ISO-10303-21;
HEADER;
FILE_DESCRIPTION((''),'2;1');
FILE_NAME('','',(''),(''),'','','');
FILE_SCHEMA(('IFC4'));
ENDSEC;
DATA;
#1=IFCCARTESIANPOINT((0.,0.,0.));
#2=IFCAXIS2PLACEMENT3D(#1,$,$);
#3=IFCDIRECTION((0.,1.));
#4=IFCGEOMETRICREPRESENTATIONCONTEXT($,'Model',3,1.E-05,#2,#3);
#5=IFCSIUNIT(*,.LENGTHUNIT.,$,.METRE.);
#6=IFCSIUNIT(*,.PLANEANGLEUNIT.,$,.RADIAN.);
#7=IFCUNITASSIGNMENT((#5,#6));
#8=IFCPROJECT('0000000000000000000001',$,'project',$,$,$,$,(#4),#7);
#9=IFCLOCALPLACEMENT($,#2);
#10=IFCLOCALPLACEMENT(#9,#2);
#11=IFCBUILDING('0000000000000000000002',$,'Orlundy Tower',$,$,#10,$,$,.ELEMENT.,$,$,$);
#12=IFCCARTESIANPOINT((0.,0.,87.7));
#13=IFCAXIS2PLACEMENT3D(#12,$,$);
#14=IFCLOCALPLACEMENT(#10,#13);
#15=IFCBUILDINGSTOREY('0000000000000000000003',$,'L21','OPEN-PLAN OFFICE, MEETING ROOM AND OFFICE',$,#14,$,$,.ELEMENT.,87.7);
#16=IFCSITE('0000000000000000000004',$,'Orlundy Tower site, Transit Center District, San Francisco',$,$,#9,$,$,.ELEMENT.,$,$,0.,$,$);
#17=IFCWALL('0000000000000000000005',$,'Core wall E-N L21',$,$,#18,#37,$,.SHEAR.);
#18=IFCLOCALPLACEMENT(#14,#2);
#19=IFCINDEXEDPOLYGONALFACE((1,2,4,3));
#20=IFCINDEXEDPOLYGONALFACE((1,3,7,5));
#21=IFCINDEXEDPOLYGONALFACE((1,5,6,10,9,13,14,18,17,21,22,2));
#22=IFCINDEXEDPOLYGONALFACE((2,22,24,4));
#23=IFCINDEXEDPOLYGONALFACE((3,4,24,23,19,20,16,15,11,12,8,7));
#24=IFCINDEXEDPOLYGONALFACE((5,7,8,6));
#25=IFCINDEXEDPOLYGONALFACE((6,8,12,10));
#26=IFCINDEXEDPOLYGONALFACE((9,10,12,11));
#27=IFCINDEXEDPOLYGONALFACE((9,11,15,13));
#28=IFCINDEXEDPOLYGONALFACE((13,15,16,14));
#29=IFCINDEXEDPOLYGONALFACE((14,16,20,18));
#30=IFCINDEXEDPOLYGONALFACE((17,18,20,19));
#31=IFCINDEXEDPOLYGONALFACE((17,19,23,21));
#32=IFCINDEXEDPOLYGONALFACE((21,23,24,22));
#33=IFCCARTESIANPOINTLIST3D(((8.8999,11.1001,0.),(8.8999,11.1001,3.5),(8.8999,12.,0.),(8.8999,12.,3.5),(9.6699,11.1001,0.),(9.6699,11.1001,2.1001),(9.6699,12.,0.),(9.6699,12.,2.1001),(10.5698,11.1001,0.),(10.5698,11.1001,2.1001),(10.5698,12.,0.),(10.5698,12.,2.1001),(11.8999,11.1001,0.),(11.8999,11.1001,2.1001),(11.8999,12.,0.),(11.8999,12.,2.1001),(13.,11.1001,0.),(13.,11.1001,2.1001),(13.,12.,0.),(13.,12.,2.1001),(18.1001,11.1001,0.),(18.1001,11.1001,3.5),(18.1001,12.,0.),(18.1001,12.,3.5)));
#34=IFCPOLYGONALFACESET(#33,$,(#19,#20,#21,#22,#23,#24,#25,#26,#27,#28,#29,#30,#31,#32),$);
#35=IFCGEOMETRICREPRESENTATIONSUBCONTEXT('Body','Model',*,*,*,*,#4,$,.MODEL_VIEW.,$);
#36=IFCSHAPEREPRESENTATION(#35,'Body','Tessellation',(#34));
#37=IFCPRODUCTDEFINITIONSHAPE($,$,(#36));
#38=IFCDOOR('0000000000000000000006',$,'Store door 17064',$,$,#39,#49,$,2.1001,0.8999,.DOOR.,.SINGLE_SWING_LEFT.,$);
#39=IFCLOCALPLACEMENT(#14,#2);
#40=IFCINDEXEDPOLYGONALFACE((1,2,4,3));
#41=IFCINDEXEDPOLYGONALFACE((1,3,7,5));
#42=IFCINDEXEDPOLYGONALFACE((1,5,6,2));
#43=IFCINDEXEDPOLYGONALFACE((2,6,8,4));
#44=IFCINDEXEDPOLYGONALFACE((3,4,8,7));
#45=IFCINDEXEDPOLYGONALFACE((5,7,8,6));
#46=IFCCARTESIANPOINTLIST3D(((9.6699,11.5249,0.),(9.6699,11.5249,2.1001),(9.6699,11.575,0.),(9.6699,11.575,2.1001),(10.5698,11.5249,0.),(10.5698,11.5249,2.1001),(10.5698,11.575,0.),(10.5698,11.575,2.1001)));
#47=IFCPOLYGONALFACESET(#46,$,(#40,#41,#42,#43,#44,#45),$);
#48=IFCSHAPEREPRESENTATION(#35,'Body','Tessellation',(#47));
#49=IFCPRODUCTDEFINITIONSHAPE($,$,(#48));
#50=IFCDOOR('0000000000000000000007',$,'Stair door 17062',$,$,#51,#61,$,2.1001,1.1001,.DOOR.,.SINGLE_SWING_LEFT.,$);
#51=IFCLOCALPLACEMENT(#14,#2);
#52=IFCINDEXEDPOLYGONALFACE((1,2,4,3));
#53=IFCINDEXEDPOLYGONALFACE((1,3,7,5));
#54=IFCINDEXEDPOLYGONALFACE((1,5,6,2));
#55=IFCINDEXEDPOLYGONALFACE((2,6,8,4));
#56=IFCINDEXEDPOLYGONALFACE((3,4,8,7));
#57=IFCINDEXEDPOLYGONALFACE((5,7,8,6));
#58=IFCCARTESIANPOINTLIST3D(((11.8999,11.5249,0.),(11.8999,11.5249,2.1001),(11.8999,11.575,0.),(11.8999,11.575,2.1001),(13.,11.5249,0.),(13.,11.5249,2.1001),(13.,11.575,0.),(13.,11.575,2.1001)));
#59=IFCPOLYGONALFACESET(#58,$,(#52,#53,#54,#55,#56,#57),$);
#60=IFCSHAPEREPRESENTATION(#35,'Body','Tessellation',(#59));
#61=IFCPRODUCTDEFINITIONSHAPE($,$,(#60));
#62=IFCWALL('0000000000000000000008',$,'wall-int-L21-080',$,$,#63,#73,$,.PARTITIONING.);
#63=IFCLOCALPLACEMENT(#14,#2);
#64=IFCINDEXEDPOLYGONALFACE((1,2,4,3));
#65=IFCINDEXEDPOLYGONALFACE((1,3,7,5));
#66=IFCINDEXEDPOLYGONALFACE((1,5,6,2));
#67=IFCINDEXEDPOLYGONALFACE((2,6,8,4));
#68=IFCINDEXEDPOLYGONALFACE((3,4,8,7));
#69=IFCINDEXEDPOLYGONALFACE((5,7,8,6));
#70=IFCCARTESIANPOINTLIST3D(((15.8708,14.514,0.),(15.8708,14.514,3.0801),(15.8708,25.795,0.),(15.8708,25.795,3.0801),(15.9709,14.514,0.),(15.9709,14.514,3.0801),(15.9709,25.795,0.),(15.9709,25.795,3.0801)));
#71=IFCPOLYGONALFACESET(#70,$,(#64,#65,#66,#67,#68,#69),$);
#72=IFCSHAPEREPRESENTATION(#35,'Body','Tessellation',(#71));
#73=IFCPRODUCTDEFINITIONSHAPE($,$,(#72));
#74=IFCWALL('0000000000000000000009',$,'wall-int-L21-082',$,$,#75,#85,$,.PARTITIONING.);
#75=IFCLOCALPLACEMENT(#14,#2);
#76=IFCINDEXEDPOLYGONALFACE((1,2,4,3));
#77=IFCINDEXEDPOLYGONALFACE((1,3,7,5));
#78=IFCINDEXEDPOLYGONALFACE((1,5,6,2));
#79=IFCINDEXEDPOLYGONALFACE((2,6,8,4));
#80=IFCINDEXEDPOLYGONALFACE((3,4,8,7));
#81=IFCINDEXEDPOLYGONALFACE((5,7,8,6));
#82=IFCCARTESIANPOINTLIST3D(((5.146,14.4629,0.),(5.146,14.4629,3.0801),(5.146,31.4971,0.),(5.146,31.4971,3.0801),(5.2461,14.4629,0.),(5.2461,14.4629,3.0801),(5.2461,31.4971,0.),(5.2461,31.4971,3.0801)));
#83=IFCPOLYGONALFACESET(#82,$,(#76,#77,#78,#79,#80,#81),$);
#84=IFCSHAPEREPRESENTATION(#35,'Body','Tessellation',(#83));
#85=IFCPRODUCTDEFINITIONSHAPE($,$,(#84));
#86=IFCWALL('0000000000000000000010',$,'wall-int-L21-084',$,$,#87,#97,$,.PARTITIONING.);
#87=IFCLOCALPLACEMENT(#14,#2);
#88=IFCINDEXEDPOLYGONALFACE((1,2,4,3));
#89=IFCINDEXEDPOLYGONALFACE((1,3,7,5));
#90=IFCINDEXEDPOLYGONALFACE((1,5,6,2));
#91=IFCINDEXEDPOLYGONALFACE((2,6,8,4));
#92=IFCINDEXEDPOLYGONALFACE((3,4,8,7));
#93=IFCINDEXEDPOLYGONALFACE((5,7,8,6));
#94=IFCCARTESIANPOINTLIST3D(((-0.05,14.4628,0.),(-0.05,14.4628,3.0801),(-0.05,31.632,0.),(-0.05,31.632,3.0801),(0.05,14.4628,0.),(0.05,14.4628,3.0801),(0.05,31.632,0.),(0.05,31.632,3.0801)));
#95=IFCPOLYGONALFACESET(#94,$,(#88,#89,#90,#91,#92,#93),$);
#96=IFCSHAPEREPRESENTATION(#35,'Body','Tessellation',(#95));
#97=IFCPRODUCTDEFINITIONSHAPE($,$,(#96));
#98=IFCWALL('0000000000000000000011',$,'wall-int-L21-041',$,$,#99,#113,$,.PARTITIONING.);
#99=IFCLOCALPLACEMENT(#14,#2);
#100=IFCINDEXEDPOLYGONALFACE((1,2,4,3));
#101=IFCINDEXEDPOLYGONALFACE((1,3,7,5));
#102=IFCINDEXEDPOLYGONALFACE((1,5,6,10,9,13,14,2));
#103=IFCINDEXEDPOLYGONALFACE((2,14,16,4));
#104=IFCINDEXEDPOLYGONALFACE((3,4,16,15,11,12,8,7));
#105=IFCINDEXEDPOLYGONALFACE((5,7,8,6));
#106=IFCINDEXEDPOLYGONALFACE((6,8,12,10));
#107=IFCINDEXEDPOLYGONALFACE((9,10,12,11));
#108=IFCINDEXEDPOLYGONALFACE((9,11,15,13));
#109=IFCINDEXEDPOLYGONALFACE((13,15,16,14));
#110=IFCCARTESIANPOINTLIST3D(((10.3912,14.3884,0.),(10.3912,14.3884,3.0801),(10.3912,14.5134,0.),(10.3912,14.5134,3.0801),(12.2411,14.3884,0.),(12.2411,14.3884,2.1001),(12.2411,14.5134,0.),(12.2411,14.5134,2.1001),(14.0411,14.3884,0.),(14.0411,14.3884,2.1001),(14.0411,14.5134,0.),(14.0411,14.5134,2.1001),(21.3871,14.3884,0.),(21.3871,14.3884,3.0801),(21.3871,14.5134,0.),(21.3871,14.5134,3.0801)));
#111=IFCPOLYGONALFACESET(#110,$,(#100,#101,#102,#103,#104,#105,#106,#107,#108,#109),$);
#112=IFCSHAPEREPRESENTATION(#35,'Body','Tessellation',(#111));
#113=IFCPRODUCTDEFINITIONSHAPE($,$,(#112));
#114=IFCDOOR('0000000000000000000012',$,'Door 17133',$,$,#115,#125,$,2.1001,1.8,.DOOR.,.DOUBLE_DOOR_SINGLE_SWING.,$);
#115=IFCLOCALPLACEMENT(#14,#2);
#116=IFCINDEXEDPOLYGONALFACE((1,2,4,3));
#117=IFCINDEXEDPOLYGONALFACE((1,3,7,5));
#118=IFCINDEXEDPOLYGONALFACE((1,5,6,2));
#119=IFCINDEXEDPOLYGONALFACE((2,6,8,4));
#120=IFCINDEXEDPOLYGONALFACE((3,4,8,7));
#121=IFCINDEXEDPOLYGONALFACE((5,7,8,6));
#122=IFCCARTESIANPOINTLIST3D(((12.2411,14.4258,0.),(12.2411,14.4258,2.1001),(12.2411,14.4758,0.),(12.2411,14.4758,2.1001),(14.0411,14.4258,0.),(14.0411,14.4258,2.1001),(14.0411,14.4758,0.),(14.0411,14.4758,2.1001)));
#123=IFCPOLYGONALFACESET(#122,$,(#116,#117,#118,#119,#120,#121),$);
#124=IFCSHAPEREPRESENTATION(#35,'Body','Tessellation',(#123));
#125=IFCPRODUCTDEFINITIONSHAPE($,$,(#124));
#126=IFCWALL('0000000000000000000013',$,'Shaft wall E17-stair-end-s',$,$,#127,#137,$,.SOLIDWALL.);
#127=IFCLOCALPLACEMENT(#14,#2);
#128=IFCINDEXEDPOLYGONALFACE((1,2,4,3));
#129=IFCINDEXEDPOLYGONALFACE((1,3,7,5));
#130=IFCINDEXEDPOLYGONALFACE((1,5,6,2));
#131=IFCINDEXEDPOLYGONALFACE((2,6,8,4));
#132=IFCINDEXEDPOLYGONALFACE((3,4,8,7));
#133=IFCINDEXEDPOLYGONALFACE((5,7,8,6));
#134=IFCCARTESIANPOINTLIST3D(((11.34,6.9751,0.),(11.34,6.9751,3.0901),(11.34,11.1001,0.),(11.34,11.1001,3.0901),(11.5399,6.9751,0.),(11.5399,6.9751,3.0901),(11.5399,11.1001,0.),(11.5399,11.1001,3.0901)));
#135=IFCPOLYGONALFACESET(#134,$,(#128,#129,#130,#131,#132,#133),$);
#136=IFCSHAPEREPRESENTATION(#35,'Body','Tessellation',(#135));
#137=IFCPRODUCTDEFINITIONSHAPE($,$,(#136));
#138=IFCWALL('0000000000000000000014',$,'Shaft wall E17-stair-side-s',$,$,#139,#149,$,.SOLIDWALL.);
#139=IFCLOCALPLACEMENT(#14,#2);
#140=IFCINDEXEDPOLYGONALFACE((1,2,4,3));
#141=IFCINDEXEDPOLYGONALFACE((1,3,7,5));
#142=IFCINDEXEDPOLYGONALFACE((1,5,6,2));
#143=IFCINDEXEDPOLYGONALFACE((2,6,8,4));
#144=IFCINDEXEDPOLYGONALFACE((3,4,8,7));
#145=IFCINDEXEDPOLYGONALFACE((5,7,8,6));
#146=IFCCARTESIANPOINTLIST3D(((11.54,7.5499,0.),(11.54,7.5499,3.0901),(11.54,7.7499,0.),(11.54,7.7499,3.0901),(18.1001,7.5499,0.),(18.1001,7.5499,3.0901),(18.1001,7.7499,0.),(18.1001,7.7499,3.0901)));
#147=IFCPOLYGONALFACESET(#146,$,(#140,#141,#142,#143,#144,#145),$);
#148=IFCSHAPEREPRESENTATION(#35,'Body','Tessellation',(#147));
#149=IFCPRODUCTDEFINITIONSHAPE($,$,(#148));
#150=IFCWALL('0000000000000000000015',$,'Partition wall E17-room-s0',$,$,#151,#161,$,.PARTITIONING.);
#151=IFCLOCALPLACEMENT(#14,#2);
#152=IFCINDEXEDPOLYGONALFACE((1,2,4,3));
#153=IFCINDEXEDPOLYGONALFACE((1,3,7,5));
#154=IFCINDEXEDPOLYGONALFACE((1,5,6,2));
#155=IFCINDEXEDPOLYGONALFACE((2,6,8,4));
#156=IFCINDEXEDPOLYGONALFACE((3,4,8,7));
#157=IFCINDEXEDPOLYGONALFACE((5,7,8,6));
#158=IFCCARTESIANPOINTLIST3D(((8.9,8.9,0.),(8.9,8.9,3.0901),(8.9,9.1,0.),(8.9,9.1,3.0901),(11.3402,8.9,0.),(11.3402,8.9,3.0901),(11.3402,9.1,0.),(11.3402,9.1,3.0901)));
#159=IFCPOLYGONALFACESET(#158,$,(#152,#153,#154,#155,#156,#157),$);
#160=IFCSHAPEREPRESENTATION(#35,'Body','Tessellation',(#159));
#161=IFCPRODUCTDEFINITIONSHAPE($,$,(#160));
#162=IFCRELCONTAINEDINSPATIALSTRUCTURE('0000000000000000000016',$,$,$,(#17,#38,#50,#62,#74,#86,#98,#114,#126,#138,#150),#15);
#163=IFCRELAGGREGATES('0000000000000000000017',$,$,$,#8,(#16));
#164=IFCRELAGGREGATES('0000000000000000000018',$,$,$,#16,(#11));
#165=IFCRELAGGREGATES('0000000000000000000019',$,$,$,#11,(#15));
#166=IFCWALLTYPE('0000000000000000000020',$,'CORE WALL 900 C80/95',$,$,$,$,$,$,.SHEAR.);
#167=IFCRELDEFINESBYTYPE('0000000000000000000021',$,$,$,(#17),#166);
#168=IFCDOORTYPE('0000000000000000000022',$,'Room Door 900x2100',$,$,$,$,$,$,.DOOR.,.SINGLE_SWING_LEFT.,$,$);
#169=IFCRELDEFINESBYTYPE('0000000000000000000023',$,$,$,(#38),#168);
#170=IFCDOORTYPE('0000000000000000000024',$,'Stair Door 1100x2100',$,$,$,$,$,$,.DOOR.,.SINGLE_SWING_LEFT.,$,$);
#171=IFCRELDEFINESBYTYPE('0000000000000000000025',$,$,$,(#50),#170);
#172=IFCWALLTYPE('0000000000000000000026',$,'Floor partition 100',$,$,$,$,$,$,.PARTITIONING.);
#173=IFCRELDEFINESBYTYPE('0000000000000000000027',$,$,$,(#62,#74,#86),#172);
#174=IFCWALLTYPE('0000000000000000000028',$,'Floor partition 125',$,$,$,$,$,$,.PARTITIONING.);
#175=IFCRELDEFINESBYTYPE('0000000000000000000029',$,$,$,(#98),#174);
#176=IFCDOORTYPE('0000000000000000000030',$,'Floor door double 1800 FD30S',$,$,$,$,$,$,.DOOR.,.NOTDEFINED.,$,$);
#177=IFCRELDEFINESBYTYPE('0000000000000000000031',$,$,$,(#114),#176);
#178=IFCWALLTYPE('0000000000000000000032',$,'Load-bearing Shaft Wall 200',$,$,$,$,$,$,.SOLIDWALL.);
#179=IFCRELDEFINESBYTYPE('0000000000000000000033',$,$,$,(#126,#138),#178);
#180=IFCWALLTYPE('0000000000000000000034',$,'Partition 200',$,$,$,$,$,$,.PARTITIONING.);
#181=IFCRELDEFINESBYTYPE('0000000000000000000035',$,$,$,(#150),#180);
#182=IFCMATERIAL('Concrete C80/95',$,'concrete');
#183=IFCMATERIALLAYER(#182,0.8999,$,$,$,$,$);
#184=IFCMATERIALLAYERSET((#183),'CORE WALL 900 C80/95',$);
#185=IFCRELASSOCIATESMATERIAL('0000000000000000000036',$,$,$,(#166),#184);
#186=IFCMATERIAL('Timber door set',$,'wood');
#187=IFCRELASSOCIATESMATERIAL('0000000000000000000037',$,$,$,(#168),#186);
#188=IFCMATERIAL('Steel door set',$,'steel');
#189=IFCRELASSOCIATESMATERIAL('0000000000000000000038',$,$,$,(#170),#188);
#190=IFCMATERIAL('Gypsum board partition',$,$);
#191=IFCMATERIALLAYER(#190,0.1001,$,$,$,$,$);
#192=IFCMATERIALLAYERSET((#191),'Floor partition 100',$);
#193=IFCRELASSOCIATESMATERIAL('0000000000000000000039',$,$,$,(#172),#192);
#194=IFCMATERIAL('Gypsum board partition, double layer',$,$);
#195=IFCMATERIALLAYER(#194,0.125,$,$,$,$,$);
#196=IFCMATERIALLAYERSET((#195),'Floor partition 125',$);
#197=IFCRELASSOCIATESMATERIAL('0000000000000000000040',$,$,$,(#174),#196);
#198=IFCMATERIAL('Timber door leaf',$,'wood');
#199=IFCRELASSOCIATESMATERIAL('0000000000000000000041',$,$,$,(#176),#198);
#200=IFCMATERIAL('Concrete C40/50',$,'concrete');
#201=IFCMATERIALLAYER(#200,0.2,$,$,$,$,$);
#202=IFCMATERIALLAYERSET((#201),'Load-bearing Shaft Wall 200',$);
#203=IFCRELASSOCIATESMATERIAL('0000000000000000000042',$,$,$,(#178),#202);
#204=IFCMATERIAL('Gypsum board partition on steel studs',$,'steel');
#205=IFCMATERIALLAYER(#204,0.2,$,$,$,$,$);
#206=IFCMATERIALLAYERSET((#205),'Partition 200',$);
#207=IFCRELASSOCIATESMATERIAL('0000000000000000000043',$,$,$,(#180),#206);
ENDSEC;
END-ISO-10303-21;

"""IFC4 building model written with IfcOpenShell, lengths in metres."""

from ifc_helpers import new_model, si_unit, direction, frame, frame_2d, origin, place, context, subcontext, project, spatial, rectangle, extrude, material, layer, layer_set, type_object, element, fill, save


model = new_model("IFC4")

# Units and contexts
model_context = context("Model", 3, precision=1e-05, world=origin(), true_north=direction((0.0, 1.0)))
body_context = subcontext(model_context, "Body", "Model", "MODEL_VIEW")
ifc_project = project(units=[si_unit("LENGTHUNIT", "METRE"), si_unit("PLANEANGLEUNIT", "RADIAN")], contexts=[model_context])

# Site, building, storey
site_placement = place(None, origin())
site = spatial("IfcSite", under=ifc_project, at=site_placement, Name="Orlundy Tower site, Transit Center District, San Francisco", CompositionType="ELEMENT", RefElevation=0.0)
building_placement = place(site_placement, origin())
building = spatial("IfcBuilding", under=site, at=building_placement, Name="Orlundy Tower", CompositionType="ELEMENT")
storey_placement = place(building_placement, frame((0.0, 0.0, 87.7)))
storey = spatial("IfcBuildingStorey", under=building, at=storey_placement, Name="L21", Description="OPEN-PLAN OFFICE, MEETING ROOM AND OFFICE", CompositionType="ELEMENT", Elevation=87.7)

# Wall, openings, doors
ifc_material_1 = material(Name="Concrete C80/95", Category="concrete")
ifc_layer_1 = layer(ifc_material_1, 0.8999)
ifc_layer_set_1 = layer_set([ifc_layer_1], Name="CORE WALL 900 C80/95")
wall_type_1 = type_object("IfcWallType", Name="CORE WALL 900 C80/95", PredefinedType="SHEAR", material=ifc_layer_set_1)
wall_1_placement = place(storey_placement, frame((8.8999, 11.55, 0.0), z_axis=(0.0, 0.0, 1.0), x_axis=(1.0, 0.0, 0.0)))
wall_1 = element("IfcWall", 1, at=wall_1_placement, inside=storey, type_object=wall_type_1, Name="Core wall E-N L21", PredefinedType="SHEAR", context=body_context, shape_type="SweptSolid", body=[
    extrude(rectangle(XDim=9.2002, YDim=0.8999, at=frame_2d((4.6001, 0.0))), origin(), (0.0, 0.0, 1.0), 3.5),
])
opening_1_placement = place(wall_1_placement, frame((3.0, 0.0, 0.0)))
opening_1 = element("IfcOpeningElement", 2, at=opening_1_placement, cuts=wall_1, PredefinedType="OPENING", context=body_context, shape_type="SweptSolid", body=[
    extrude(rectangle(XDim=1.1001, YDim=2.1001, at=frame_2d((0.55, 1.05))), frame((0.0, 0.46, 0.0), z_axis=(0.0, -1.0, 0.0), x_axis=(1.0, 0.0, 0.0)), (0.0, 0.0, 1.0), 0.9199),
])
opening_2_placement = place(wall_1_placement, frame((0.77, 0.0, 0.0)))
opening_2 = element("IfcOpeningElement", 3, at=opening_2_placement, cuts=wall_1, PredefinedType="OPENING", context=body_context, shape_type="SweptSolid", body=[
    extrude(rectangle(XDim=0.8999, YDim=2.1001, at=frame_2d((0.45, 1.05))), frame((0.0, 0.46, 0.0), z_axis=(0.0, -1.0, 0.0), x_axis=(1.0, 0.0, 0.0)), (0.0, 0.0, 1.0), 0.9199),
])
ifc_material_2 = material(Name="Timber door set", Category="wood")
door_type_1 = type_object("IfcDoorType", Name="Room Door 900x2100", OperationType="SINGLE_SWING_LEFT", PredefinedType="DOOR", material=ifc_material_2)
door_1_placement = place(opening_2_placement, origin())
door_1 = element("IfcDoor", 4, at=door_1_placement, inside=storey, type_object=door_type_1, Name="Store door 17064", OperationType="SINGLE_SWING_LEFT", OverallHeight=2.1001, OverallWidth=0.8999, PredefinedType="DOOR", context=body_context, shape_type="SweptSolid", body=[
    extrude(rectangle(XDim=0.8999, YDim=2.1001, at=frame_2d((0.45, 1.05))), frame((0.0, 0.0249, 0.0), z_axis=(0.0, -1.0, 0.0), x_axis=(1.0, 0.0, 0.0)), (0.0, 0.0, 1.0), 0.05),
])
fill(opening_2, door_1)
ifc_material_3 = material(Name="Steel door set", Category="steel")
door_type_2 = type_object("IfcDoorType", Name="Stair Door 1100x2100", OperationType="SINGLE_SWING_LEFT", PredefinedType="DOOR", material=ifc_material_3)
door_2_placement = place(opening_1_placement, origin())
door_2 = element("IfcDoor", 5, at=door_2_placement, inside=storey, type_object=door_type_2, Name="Stair door 17062", OperationType="SINGLE_SWING_LEFT", OverallHeight=2.1001, OverallWidth=1.1001, PredefinedType="DOOR", context=body_context, shape_type="SweptSolid", body=[
    extrude(rectangle(XDim=1.1001, YDim=2.1001, at=frame_2d((0.55, 1.05))), frame((0.0, 0.0249, 0.0), z_axis=(0.0, -1.0, 0.0), x_axis=(1.0, 0.0, 0.0)), (0.0, 0.0, 1.0), 0.05),
])
fill(opening_1, door_2)

# Walls
ifc_material_4 = material(Name="Gypsum board partition")
ifc_layer_2 = layer(ifc_material_4, 0.1001)
ifc_layer_set_2 = layer_set([ifc_layer_2], Name="Floor partition 100")
wall_type_2 = type_object("IfcWallType", Name="Floor partition 100", PredefinedType="PARTITIONING", material=ifc_layer_set_2)
wall_2_placement = place(storey_placement, frame((15.9209, 14.5139, 0.0), z_axis=(0.0, 0.0, 1.0), x_axis=(0.0, 1.0, 0.0)))
element("IfcWall", 6, at=wall_2_placement, inside=storey, type_object=wall_type_2, Name="wall-int-L21-080", PredefinedType="PARTITIONING", context=body_context, shape_type="SweptSolid", body=[
    extrude(rectangle(XDim=11.281, YDim=0.1001, at=frame_2d((5.6406, 0.0))), origin(), (0.0, 0.0, 1.0), 3.0801),
])
wall_3_placement = place(storey_placement, frame((5.196, 14.4629, 0.0), z_axis=(0.0, 0.0, 1.0), x_axis=(0.0, 1.0, 0.0)))
element("IfcWall", 7, at=wall_3_placement, inside=storey, type_object=wall_type_2, Name="wall-int-L21-082", PredefinedType="PARTITIONING", context=body_context, shape_type="SweptSolid", body=[
    extrude(rectangle(XDim=17.0342, YDim=0.1001, at=frame_2d((8.5171, 0.0))), origin(), (0.0, 0.0, 1.0), 3.0801),
])
wall_4_placement = place(storey_placement, frame((0.0, 14.4629, 0.0), z_axis=(0.0, 0.0, 1.0), x_axis=(0.0, 1.0, 0.0)))
element("IfcWall", 8, at=wall_4_placement, inside=storey, type_object=wall_type_2, Name="wall-int-L21-084", PredefinedType="PARTITIONING", context=body_context, shape_type="SweptSolid", body=[
    extrude(rectangle(XDim=17.1692, YDim=0.1001, at=frame_2d((8.5845, 0.0))), origin(), (0.0, 0.0, 1.0), 3.0801),
])

# Wall, opening, door
ifc_material_5 = material(Name="Gypsum board partition, double layer")
ifc_layer_3 = layer(ifc_material_5, 0.125)
ifc_layer_set_3 = layer_set([ifc_layer_3], Name="Floor partition 125")
wall_type_3 = type_object("IfcWallType", Name="Floor partition 125", PredefinedType="PARTITIONING", material=ifc_layer_set_3)
wall_5_placement = place(storey_placement, frame((10.3911, 14.4509, 0.0), z_axis=(0.0, 0.0, 1.0), x_axis=(1.0, 0.0, 0.0)))
wall_5 = element("IfcWall", 9, at=wall_5_placement, inside=storey, type_object=wall_type_3, Name="wall-int-L21-041", PredefinedType="PARTITIONING", context=body_context, shape_type="SweptSolid", body=[
    extrude(rectangle(XDim=10.9958, YDim=0.125, at=frame_2d((5.498, 0.0))), origin(), (0.0, 0.0, 1.0), 3.0801),
])
opening_3_placement = place(wall_5_placement, frame((1.8501, 0.0, 0.0)))
opening_3 = element("IfcOpeningElement", 10, at=opening_3_placement, cuts=wall_5, PredefinedType="OPENING", context=body_context, shape_type="SweptSolid", body=[
    extrude(rectangle(XDim=1.8, YDim=2.1001, at=frame_2d((0.8999, 1.05))), frame((0.0, 0.0725, 0.0), z_axis=(0.0, -1.0, 0.0), x_axis=(1.0, 0.0, 0.0)), (0.0, 0.0, 1.0), 0.145),
])
ifc_material_6 = material(Name="Timber door leaf", Category="wood")
door_type_3 = type_object("IfcDoorType", Name="Floor door double 1800 FD30S", OperationType="NOTDEFINED", PredefinedType="DOOR", material=ifc_material_6)
door_3_placement = place(opening_3_placement, origin())
door_3 = element("IfcDoor", 11, at=door_3_placement, inside=storey, type_object=door_type_3, Name="Door 17133", OperationType="DOUBLE_DOOR_SINGLE_SWING", OverallHeight=2.1001, OverallWidth=1.8, PredefinedType="DOOR", context=body_context, shape_type="SweptSolid", body=[
    extrude(rectangle(XDim=1.8, YDim=2.1001, at=frame_2d((0.8999, 1.05))), frame((0.0, 0.0249, 0.0), z_axis=(0.0, -1.0, 0.0), x_axis=(1.0, 0.0, 0.0)), (0.0, 0.0, 1.0), 0.05),
])
fill(opening_3, door_3)

# Walls
ifc_material_7 = material(Name="Concrete C40/50", Category="concrete")
ifc_layer_4 = layer(ifc_material_7, 0.2)
ifc_layer_set_4 = layer_set([ifc_layer_4], Name="Load-bearing Shaft Wall 200")
wall_type_4 = type_object("IfcWallType", Name="Load-bearing Shaft Wall 200", PredefinedType="SOLIDWALL", material=ifc_layer_set_4)
wall_6_placement = place(storey_placement, frame((11.4399, 11.1001, 0.0), z_axis=(0.0, 0.0, 1.0), x_axis=(0.0, -1.0, 0.0)))
element("IfcWall", 12, at=wall_6_placement, inside=storey, type_object=wall_type_4, Name="Shaft wall E17-stair-end-s", PredefinedType="SOLIDWALL", context=body_context, shape_type="SweptSolid", body=[
    extrude(rectangle(XDim=4.125, YDim=0.2, at=frame_2d((2.0625, 0.0))), origin(), (0.0, 0.0, 1.0), 3.0901),
])
wall_7_placement = place(storey_placement, frame((11.54, 7.6499, 0.0), z_axis=(0.0, 0.0, 1.0), x_axis=(1.0, 0.0, 0.0)))
element("IfcWall", 13, at=wall_7_placement, inside=storey, type_object=wall_type_4, Name="Shaft wall E17-stair-side-s", PredefinedType="SOLIDWALL", context=body_context, shape_type="SweptSolid", body=[
    extrude(rectangle(XDim=6.5601, YDim=0.2, at=frame_2d((3.28, 0.0))), origin(), (0.0, 0.0, 1.0), 3.0901),
])
ifc_material_8 = material(Name="Gypsum board partition on steel studs", Category="steel")
ifc_layer_5 = layer(ifc_material_8, 0.2)
ifc_layer_set_5 = layer_set([ifc_layer_5], Name="Partition 200")
wall_type_5 = type_object("IfcWallType", Name="Partition 200", PredefinedType="PARTITIONING", material=ifc_layer_set_5)
wall_8_placement = place(storey_placement, frame((8.8999, 9.0, 0.0), z_axis=(0.0, 0.0, 1.0), x_axis=(1.0, 0.0, 0.0)))
element("IfcWall", 14, at=wall_8_placement, inside=storey, type_object=wall_type_5, Name="Partition wall E17-room-s0", PredefinedType="PARTITIONING", context=body_context, shape_type="SweptSolid", body=[
    extrude(rectangle(XDim=2.4402, YDim=0.2, at=frame_2d((1.2202, 0.0))), origin(), (0.0, 0.0, 1.0), 3.0901),
])

save(model, "model.ifc")
